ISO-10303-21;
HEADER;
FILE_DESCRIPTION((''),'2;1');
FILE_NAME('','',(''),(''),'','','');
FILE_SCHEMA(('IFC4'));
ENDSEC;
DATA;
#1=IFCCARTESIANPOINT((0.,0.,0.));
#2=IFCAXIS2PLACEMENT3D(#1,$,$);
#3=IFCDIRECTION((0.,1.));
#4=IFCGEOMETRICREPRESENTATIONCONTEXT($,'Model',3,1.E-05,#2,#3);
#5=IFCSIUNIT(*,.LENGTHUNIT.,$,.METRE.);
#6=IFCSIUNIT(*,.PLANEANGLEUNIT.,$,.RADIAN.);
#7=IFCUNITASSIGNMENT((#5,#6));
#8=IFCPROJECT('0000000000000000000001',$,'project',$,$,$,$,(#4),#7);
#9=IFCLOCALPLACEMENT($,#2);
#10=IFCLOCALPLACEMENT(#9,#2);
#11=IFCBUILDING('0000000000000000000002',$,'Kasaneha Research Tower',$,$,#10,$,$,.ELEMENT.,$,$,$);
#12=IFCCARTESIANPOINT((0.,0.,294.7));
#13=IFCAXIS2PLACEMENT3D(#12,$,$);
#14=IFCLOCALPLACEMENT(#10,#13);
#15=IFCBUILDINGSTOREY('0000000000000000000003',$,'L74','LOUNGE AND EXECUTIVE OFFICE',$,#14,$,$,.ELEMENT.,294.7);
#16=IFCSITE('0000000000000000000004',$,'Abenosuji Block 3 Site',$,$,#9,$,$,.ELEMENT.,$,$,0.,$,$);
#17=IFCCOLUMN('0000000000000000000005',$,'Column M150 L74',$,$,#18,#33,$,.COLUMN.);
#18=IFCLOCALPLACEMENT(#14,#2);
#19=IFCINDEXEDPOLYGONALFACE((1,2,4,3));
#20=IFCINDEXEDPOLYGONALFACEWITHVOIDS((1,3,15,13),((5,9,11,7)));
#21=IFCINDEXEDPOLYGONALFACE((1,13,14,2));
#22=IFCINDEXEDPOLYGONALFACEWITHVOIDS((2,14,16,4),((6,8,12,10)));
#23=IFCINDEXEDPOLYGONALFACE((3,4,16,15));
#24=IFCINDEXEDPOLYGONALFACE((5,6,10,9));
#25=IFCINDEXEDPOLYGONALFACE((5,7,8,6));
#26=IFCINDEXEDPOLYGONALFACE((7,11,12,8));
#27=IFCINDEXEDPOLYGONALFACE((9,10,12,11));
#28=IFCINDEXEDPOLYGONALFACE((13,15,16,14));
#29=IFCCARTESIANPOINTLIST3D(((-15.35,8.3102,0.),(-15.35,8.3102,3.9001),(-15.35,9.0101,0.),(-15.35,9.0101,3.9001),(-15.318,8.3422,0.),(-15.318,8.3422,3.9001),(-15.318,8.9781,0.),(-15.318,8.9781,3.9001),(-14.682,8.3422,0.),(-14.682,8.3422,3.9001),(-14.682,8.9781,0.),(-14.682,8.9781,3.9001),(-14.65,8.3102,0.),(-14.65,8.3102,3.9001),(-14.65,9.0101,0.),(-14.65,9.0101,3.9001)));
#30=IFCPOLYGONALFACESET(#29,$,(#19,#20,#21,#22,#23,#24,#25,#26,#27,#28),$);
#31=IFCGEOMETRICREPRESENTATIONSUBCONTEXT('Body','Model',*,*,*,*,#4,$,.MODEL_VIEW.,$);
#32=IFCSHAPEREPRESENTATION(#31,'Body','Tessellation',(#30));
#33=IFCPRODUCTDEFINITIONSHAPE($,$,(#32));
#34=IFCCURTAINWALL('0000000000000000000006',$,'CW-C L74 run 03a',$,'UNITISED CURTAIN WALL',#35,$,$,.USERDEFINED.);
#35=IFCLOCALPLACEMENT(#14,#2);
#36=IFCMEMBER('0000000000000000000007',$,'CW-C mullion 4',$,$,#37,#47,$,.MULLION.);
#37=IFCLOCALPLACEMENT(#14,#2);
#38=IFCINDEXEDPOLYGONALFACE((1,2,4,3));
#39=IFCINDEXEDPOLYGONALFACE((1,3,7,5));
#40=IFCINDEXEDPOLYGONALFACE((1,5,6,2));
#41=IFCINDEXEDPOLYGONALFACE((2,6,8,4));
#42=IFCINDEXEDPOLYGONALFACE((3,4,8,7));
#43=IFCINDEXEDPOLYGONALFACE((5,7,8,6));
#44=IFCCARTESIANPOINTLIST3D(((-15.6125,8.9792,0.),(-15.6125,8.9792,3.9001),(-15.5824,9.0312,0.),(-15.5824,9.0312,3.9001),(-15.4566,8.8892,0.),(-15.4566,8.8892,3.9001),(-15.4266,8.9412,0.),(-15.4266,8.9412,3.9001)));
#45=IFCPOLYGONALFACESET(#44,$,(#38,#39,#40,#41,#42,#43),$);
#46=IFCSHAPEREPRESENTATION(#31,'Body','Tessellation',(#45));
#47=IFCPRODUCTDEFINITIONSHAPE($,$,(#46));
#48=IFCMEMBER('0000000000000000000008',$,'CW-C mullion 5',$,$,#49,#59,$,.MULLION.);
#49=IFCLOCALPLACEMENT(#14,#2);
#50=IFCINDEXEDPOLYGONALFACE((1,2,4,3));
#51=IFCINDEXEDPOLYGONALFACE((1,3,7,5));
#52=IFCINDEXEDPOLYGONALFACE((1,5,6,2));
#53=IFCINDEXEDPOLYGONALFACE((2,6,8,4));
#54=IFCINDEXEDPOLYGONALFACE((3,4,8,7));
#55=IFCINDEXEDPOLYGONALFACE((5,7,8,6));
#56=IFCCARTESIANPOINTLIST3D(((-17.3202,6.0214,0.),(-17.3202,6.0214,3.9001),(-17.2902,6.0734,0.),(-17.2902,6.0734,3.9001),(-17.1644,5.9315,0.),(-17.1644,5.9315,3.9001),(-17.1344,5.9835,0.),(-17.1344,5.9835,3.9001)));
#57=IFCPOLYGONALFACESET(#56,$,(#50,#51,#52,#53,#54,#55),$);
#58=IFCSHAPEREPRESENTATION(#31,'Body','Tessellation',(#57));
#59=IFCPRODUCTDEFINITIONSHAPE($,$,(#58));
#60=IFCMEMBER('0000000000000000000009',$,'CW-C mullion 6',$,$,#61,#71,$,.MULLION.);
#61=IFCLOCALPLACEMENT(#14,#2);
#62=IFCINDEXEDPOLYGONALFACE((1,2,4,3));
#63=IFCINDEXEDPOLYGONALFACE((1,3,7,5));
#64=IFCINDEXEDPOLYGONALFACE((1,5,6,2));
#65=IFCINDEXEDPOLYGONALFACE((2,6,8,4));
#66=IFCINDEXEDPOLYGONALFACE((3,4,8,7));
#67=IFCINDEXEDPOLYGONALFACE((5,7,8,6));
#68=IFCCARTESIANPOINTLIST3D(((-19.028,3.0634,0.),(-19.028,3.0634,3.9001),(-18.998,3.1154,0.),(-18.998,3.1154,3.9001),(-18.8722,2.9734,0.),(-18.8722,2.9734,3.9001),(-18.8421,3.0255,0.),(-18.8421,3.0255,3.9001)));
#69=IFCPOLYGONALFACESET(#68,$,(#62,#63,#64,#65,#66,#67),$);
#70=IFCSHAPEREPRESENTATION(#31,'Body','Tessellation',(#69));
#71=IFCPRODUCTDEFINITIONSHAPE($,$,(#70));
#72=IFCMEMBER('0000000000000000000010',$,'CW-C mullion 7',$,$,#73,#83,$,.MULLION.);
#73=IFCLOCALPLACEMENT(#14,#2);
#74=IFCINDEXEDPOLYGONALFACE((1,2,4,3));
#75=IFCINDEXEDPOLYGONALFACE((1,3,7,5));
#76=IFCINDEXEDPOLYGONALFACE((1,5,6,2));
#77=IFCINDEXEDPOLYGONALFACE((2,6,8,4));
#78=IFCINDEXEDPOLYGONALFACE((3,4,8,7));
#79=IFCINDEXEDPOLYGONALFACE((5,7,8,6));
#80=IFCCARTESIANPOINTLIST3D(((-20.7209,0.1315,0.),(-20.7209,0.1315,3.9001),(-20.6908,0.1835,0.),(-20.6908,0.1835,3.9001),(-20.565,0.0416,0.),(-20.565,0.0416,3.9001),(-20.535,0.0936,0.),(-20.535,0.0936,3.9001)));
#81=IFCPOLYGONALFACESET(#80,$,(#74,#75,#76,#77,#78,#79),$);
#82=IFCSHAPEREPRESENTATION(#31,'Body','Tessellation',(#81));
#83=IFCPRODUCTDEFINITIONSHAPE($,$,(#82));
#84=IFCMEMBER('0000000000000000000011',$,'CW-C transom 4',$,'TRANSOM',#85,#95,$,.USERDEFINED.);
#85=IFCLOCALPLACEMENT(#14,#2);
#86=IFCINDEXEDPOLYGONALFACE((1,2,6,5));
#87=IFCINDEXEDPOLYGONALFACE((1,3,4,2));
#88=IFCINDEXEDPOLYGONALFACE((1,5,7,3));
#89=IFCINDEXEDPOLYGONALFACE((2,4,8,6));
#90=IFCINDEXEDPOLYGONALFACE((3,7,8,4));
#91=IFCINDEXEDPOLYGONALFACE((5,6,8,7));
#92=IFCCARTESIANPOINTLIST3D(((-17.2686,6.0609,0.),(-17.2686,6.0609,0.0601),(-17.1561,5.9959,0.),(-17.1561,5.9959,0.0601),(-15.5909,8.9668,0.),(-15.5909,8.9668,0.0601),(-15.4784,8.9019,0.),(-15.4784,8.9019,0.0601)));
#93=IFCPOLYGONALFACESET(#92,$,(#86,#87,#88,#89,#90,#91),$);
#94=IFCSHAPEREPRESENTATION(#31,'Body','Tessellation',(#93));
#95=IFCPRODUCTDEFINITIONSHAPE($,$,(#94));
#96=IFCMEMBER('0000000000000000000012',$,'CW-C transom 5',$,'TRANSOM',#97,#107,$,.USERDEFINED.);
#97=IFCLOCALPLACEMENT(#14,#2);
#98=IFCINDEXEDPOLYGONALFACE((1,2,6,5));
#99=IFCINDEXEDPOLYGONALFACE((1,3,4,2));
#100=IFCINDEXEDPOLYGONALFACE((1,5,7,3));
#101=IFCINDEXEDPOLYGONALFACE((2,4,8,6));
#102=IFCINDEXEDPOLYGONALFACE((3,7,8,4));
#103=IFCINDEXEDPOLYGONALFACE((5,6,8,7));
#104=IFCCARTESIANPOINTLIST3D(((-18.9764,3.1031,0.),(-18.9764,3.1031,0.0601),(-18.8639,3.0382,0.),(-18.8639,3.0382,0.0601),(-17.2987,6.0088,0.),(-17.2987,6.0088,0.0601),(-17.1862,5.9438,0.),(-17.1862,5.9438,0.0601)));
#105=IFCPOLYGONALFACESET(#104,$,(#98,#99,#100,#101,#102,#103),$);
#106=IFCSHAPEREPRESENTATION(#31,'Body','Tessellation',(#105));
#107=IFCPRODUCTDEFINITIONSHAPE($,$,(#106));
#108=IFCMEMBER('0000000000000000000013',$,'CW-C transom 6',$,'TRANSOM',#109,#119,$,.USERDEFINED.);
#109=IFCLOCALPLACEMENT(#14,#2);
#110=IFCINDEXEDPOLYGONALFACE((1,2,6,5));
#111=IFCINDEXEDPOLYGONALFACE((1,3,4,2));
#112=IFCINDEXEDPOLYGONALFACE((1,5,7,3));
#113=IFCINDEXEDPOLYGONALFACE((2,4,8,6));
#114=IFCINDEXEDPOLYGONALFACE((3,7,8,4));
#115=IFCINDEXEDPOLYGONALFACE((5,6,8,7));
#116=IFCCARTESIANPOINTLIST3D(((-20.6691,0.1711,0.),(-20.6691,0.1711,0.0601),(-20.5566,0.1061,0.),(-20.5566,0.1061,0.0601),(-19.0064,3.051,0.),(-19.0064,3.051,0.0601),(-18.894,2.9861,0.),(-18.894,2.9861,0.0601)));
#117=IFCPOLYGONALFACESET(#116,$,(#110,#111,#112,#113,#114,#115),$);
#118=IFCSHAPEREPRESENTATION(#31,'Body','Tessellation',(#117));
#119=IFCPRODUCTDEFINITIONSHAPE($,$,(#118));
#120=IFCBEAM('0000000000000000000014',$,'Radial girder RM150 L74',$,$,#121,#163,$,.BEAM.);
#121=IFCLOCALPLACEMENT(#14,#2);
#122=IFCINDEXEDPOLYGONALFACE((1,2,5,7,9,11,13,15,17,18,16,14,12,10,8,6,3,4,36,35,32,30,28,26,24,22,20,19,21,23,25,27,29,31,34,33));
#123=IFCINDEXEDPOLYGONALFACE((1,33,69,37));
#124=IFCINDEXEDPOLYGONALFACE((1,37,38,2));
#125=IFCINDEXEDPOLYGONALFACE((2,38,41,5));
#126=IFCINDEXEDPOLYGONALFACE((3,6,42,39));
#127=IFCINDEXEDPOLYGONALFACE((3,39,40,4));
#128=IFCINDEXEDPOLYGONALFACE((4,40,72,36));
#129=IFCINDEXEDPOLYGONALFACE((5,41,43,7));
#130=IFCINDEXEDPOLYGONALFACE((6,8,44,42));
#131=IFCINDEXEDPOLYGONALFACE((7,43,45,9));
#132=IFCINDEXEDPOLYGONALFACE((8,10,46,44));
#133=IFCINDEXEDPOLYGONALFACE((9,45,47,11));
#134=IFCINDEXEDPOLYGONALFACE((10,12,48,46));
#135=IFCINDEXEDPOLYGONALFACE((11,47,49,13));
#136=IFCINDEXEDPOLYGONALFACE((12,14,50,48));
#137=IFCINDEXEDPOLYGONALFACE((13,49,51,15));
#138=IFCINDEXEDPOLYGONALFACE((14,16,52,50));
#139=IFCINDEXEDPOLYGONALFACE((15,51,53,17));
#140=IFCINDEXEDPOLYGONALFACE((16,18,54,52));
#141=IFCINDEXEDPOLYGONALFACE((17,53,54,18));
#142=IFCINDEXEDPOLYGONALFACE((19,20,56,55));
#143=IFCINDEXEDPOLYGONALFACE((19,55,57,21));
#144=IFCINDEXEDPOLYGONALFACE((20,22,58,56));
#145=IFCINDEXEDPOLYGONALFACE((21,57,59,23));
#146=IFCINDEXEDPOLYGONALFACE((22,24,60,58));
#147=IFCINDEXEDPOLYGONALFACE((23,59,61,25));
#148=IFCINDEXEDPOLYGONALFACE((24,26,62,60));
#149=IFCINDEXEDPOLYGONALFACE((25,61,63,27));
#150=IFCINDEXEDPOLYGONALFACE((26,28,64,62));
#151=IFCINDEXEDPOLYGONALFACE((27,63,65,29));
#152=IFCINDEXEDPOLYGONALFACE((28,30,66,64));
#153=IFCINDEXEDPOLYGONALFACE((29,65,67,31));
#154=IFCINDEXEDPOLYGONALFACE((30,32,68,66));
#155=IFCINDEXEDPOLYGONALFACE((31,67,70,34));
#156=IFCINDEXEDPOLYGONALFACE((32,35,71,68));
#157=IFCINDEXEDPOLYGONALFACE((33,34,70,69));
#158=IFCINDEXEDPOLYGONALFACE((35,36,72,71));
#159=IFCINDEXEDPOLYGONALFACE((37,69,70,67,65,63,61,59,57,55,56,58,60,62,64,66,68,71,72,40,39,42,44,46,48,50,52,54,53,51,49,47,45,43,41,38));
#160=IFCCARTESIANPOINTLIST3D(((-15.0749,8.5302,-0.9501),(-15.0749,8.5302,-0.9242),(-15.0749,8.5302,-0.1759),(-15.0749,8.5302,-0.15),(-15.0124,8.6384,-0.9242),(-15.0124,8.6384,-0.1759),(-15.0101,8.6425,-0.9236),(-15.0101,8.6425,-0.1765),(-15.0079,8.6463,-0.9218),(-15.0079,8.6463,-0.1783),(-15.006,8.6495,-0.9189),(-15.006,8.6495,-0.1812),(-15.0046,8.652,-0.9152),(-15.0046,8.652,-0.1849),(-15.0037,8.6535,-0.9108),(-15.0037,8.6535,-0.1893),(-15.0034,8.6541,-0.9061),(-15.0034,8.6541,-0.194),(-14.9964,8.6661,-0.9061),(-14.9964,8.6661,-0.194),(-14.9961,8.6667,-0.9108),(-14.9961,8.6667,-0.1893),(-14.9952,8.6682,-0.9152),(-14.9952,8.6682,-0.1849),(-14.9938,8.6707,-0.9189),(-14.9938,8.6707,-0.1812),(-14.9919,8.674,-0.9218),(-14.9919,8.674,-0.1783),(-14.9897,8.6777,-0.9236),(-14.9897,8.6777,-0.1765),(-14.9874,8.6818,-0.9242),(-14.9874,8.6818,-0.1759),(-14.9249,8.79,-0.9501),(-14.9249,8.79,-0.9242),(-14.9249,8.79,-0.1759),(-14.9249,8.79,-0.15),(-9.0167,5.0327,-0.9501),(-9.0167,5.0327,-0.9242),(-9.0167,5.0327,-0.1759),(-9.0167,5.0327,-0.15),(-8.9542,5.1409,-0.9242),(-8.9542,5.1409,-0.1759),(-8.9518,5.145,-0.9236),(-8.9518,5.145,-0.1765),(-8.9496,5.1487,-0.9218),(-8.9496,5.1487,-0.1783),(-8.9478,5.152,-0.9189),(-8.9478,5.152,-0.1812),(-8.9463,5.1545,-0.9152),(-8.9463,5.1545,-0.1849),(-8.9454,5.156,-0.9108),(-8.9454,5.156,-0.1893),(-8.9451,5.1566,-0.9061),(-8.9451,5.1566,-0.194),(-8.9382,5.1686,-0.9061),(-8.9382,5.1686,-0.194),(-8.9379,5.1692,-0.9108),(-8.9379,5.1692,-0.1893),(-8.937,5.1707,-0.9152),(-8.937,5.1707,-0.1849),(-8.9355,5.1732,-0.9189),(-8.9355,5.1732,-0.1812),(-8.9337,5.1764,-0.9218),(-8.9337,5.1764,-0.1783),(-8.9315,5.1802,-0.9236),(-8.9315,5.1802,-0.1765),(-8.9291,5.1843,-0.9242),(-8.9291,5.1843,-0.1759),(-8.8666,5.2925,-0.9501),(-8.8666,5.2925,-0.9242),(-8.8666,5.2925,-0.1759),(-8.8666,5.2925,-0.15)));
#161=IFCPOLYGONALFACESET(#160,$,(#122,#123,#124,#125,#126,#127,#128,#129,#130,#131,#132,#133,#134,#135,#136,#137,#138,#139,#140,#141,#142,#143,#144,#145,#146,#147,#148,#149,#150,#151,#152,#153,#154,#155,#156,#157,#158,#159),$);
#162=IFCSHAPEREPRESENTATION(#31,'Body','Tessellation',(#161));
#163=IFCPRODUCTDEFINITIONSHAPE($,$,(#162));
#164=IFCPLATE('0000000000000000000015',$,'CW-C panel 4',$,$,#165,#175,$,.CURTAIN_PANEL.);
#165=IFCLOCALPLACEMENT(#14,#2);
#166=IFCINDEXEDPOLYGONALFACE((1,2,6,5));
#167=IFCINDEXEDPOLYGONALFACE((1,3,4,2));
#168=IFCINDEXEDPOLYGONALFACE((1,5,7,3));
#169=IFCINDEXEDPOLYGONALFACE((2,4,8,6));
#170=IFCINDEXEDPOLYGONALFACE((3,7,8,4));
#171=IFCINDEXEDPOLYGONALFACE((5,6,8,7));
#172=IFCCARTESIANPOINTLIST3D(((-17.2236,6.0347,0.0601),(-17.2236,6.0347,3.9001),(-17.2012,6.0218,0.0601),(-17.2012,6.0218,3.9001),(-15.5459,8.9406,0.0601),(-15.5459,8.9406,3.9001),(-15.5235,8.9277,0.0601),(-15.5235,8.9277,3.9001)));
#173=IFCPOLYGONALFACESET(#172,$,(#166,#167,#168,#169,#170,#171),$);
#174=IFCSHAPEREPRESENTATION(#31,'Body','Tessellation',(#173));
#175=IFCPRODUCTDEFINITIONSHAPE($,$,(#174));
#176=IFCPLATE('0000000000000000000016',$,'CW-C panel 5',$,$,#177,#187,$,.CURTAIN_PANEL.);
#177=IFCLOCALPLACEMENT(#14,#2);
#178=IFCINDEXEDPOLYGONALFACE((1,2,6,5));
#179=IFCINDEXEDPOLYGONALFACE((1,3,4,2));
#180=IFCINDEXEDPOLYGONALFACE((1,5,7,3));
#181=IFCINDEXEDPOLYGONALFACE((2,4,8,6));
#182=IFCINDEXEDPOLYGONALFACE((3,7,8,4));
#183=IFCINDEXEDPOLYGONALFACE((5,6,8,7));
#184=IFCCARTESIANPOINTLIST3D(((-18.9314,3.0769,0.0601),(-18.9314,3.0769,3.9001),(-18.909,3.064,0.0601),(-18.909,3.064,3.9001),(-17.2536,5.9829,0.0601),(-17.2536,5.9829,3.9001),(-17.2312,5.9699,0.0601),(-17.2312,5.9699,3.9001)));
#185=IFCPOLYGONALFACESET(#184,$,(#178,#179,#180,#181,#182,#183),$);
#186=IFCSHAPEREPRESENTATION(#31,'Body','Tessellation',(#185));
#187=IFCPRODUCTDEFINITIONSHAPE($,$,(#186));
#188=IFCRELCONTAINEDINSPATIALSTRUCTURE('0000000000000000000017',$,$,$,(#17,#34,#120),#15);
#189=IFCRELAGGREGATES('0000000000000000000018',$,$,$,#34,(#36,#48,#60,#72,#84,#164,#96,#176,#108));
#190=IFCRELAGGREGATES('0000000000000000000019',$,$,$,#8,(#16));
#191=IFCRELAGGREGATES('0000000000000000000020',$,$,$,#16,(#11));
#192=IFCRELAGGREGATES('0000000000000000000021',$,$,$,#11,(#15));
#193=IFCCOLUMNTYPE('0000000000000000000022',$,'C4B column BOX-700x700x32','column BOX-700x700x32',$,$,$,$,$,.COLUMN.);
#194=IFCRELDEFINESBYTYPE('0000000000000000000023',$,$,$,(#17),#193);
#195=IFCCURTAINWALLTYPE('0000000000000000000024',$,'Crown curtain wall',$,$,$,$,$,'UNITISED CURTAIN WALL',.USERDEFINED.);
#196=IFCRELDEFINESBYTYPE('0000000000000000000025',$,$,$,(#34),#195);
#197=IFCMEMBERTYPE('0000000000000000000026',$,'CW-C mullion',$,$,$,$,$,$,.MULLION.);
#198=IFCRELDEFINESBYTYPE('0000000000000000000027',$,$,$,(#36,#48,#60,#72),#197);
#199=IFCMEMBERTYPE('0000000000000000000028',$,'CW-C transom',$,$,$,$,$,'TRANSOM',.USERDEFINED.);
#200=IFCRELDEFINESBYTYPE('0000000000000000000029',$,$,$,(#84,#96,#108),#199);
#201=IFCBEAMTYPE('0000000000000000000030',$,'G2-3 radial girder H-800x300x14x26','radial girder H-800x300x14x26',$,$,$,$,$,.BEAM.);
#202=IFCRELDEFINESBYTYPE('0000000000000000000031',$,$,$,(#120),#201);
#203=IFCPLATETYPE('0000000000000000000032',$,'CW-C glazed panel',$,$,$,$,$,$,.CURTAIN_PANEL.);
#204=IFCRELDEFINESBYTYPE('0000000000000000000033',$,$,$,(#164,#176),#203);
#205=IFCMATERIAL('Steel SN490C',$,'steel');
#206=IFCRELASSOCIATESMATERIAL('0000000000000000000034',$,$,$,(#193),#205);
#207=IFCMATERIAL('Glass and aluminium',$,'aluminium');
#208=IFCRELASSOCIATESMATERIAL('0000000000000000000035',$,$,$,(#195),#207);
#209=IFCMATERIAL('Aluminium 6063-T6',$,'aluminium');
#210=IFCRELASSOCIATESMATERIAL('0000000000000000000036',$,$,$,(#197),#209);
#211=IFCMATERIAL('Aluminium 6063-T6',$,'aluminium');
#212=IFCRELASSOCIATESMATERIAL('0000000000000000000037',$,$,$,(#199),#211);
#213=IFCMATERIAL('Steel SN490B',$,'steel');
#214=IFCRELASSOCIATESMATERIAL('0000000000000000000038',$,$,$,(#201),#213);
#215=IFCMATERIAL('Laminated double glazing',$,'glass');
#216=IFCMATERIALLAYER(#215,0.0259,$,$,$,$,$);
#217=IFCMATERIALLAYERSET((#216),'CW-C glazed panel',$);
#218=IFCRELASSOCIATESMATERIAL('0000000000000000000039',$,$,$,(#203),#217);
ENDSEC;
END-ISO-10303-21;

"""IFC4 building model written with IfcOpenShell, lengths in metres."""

from ifc_helpers import new_model, si_unit, direction, frame, origin, origin_2d, place, context, subcontext, project, spatial, rectangle, hollow_rectangle, i_section, extrude, material, layer, layer_set, material_profile, profile_set, type_object, element, aggregate, save


model = new_model("IFC4")

# Units and contexts
model_context = context("Model", 3, precision=1e-05, world=origin(), true_north=direction((0.0, 1.0)))
body_context = subcontext(model_context, "Body", "Model", "MODEL_VIEW")
ifc_project = project(units=[si_unit("LENGTHUNIT", "METRE"), si_unit("PLANEANGLEUNIT", "RADIAN")], contexts=[model_context])

# Site, building, storey
site_placement = place(None, origin())
site = spatial("IfcSite", under=ifc_project, at=site_placement, Name="Abenosuji Block 3 Site", CompositionType="ELEMENT", RefElevation=0.0)
building_placement = place(site_placement, origin())
building = spatial("IfcBuilding", under=site, at=building_placement, Name="Kasaneha Research Tower", CompositionType="ELEMENT")
storey_placement = place(building_placement, frame((0.0, 0.0, 294.7)))
storey = spatial("IfcBuildingStorey", under=building, at=storey_placement, Name="L74", Description="LOUNGE AND EXECUTIVE OFFICE", CompositionType="ELEMENT", Elevation=294.7)

# Column
ifc_material_1 = material(Name="Steel SN490C", Category="steel")
ifc_material_profile_1 = material_profile(ifc_material_1, hollow_rectangle(XDim=0.7, YDim=0.7, WallThickness=0.032, at=origin_2d()), Name="BOX-700x700x32")
ifc_profile_set_1 = profile_set([ifc_material_profile_1], Name="Steel SN490C")
column_type = type_object("IfcColumnType", Name="C4B column BOX-700x700x32", Description="column BOX-700x700x32", PredefinedType="COLUMN", material=ifc_profile_set_1)
column_placement = place(storey_placement, frame((-15.0, 8.6602, 0.0), z_axis=(0.0, 0.0, 1.0), x_axis=(1.0, 0.0, 0.0)))
element("IfcColumn", 1, at=column_placement, inside=storey, type_object=column_type, Name="Column M150 L74", PredefinedType="COLUMN", context=body_context, shape_type="SweptSolid", body=[
    extrude(hollow_rectangle(XDim=0.7, YDim=0.7, WallThickness=0.032, at=origin_2d()), origin(), (0.0, 0.0, 1.0), 3.9001),
])

# Curtain wall, members
ifc_material_2 = material(Name="Glass and aluminium", Category="aluminium")
curtain_wall_type = type_object("IfcCurtainWallType", Name="Crown curtain wall", ElementType="UNITISED CURTAIN WALL", PredefinedType="USERDEFINED", material=ifc_material_2)
curtain_wall_placement = place(storey_placement, origin())
curtain_wall = element("IfcCurtainWall", 2, at=curtain_wall_placement, inside=storey, type_object=curtain_wall_type, Name="CW-C L74 run 03a", ObjectType="UNITISED CURTAIN WALL", PredefinedType="USERDEFINED")
ifc_material_3 = material(Name="Aluminium 6063-T6", Category="aluminium")
ifc_material_profile_2 = material_profile(ifc_material_3, rectangle(XDim=0.0601, YDim=0.1799, at=origin_2d()), Name="CW-C mullion 60x180")
ifc_profile_set_2 = profile_set([ifc_material_profile_2], Name="Aluminium 6063-T6")
member_type_1 = type_object("IfcMemberType", Name="CW-C mullion", PredefinedType="MULLION", material=ifc_profile_set_2)
member_1_placement = place(storey_placement, frame((-15.5195, 8.9602, 0.0), z_axis=(0.0, 0.0, 1.0), x_axis=(-0.5, -0.866025, 0.0)))
member_1 = element("IfcMember", 3, at=member_1_placement, type_object=member_type_1, Name="CW-C mullion 4", PredefinedType="MULLION", context=body_context, shape_type="SweptSolid", body=[
    extrude(rectangle(XDim=0.0601, YDim=0.1799, at=origin_2d()), origin(), (0.0, 0.0, 1.0), 3.9001),
])
member_2_placement = place(storey_placement, frame((-17.2273, 6.0024, 0.0), z_axis=(0.0, 0.0, 1.0), x_axis=(-0.5, -0.866025, 0.0)))
member_2 = element("IfcMember", 4, at=member_2_placement, type_object=member_type_1, Name="CW-C mullion 5", PredefinedType="MULLION", context=body_context, shape_type="SweptSolid", body=[
    extrude(rectangle(XDim=0.0601, YDim=0.1799, at=origin_2d()), origin(), (0.0, 0.0, 1.0), 3.9001),
])
member_3_placement = place(storey_placement, frame((-18.9351, 3.0444, 0.0), z_axis=(0.0, 0.0, 1.0), x_axis=(-0.5, -0.866025, 0.0)))
member_3 = element("IfcMember", 5, at=member_3_placement, type_object=member_type_1, Name="CW-C mullion 6", PredefinedType="MULLION", context=body_context, shape_type="SweptSolid", body=[
    extrude(rectangle(XDim=0.0601, YDim=0.1799, at=origin_2d()), origin(), (0.0, 0.0, 1.0), 3.9001),
])
member_4_placement = place(storey_placement, frame((-20.6279, 0.1125, 0.0), z_axis=(0.0, 0.0, 1.0), x_axis=(-0.5, -0.866025, 0.0)))
member_4 = element("IfcMember", 6, at=member_4_placement, type_object=member_type_1, Name="CW-C mullion 7", PredefinedType="MULLION", context=body_context, shape_type="SweptSolid", body=[
    extrude(rectangle(XDim=0.0601, YDim=0.1799, at=origin_2d()), origin(), (0.0, 0.0, 1.0), 3.9001),
])
ifc_material_4 = material(Name="Aluminium 6063-T6", Category="aluminium")
ifc_material_profile_3 = material_profile(ifc_material_4, rectangle(XDim=0.1299, YDim=0.0601, at=origin_2d()), Name="CW-C transom 130x60")
ifc_profile_set_3 = profile_set([ifc_material_profile_3], Name="Aluminium 6063-T6")
member_type_2 = type_object("IfcMemberType", Name="CW-C transom", ElementType="TRANSOM", PredefinedType="USERDEFINED", material=ifc_profile_set_3)
member_5_placement = place(storey_placement, frame((-15.5347, 8.9343, 0.03), z_axis=(-0.499989, -0.866032, 0.0), x_axis=(0.866032, -0.499989, 0.0)))
member_5 = element("IfcMember", 7, at=member_5_placement, type_object=member_type_2, Name="CW-C transom 4", ObjectType="TRANSOM", PredefinedType="USERDEFINED", context=body_context, shape_type="SweptSolid", body=[
    extrude(rectangle(XDim=0.1299, YDim=0.0601, at=origin_2d()), origin(), (0.0, 0.0, 1.0), 3.3555),
])
member_6_placement = place(storey_placement, frame((-17.2424, 5.9763, 0.03), z_axis=(-0.500021, -0.866014, 0.0), x_axis=(0.866014, -0.500021, 0.0)))
member_6 = element("IfcMember", 8, at=member_6_placement, type_object=member_type_2, Name="CW-C transom 5", ObjectType="TRANSOM", PredefinedType="USERDEFINED", context=body_context, shape_type="SweptSolid", body=[
    extrude(rectangle(XDim=0.1299, YDim=0.0601, at=origin_2d()), origin(), (0.0, 0.0, 1.0), 3.3552),
])
member_7_placement = place(storey_placement, frame((-18.9502, 3.0186, 0.03), z_axis=(-0.499977, -0.866039, 0.0), x_axis=(0.866039, -0.499977, 0.0)))
member_7 = element("IfcMember", 9, at=member_7_placement, type_object=member_type_2, Name="CW-C transom 6", ObjectType="TRANSOM", PredefinedType="USERDEFINED", context=body_context, shape_type="SweptSolid", body=[
    extrude(rectangle(XDim=0.1299, YDim=0.0601, at=origin_2d()), origin(), (0.0, 0.0, 1.0), 3.3254),
])

# Beam
ifc_material_5 = material(Name="Steel SN490B", Category="steel")
ifc_material_profile_4 = material_profile(ifc_material_5, i_section(OverallWidth=0.3, OverallDepth=0.8, WebThickness=0.0139, FlangeThickness=0.0259, FilletRadius=0.0181, at=origin_2d()), Name="H-800x300x14x26")
ifc_profile_set_4 = profile_set([ifc_material_profile_4], Name="Steel SN490B")
beam_type = type_object("IfcBeamType", Name="G2-3 radial girder H-800x300x14x26", Description="radial girder H-800x300x14x26", PredefinedType="BEAM", material=ifc_profile_set_4)
beam_placement = place(storey_placement, frame((-8.9417, 5.1626, -0.55), z_axis=(-0.86604, 0.499975, 0.0), x_axis=(-0.499975, -0.86604, 0.0)))
element("IfcBeam", 10, at=beam_placement, inside=storey, type_object=beam_type, Name="Radial girder RM150 L74", PredefinedType="BEAM", context=body_context, shape_type="SweptSolid", body=[
    extrude(i_section(OverallWidth=0.3, OverallDepth=0.8, WebThickness=0.0139, FlangeThickness=0.0259, FilletRadius=0.0181, at=origin_2d()), origin(), (0.0, 0.0, 1.0), 6.9954),
])

# Plates
ifc_material_6 = material(Name="Laminated double glazing", Category="glass")
ifc_layer_1 = layer(ifc_material_6, 0.0259)
ifc_layer_set_1 = layer_set([ifc_layer_1], Name="CW-C glazed panel")
plate_type = type_object("IfcPlateType", Name="CW-C glazed panel", PredefinedType="CURTAIN_PANEL", material=ifc_layer_set_1)
plate_1_placement = place(storey_placement, frame((-16.3735, 7.4812, 0.0601), z_axis=(0.0, 0.0, 1.0), x_axis=(-0.5, -0.866025, 0.0)))
plate_1 = element("IfcPlate", 11, at=plate_1_placement, type_object=plate_type, Name="CW-C panel 4", PredefinedType="CURTAIN_PANEL", context=body_context, shape_type="SweptSolid", body=[
    extrude(rectangle(XDim=3.3555, YDim=0.0259, at=origin_2d()), origin(), (0.0, 0.0, 1.0), 3.8401),
])
plate_2_placement = place(storey_placement, frame((-18.0813, 4.5234, 0.0601), z_axis=(0.0, 0.0, 1.0), x_axis=(-0.5, -0.866025, 0.0)))
plate_2 = element("IfcPlate", 12, at=plate_2_placement, type_object=plate_type, Name="CW-C panel 5", PredefinedType="CURTAIN_PANEL", context=body_context, shape_type="SweptSolid", body=[
    extrude(rectangle(XDim=3.3555, YDim=0.0259, at=origin_2d()), origin(), (0.0, 0.0, 1.0), 3.8401),
])
aggregate(curtain_wall, [member_1, member_2, member_3, member_4, member_5, plate_1, member_6, plate_2, member_7])

save(model, "model.ifc")
